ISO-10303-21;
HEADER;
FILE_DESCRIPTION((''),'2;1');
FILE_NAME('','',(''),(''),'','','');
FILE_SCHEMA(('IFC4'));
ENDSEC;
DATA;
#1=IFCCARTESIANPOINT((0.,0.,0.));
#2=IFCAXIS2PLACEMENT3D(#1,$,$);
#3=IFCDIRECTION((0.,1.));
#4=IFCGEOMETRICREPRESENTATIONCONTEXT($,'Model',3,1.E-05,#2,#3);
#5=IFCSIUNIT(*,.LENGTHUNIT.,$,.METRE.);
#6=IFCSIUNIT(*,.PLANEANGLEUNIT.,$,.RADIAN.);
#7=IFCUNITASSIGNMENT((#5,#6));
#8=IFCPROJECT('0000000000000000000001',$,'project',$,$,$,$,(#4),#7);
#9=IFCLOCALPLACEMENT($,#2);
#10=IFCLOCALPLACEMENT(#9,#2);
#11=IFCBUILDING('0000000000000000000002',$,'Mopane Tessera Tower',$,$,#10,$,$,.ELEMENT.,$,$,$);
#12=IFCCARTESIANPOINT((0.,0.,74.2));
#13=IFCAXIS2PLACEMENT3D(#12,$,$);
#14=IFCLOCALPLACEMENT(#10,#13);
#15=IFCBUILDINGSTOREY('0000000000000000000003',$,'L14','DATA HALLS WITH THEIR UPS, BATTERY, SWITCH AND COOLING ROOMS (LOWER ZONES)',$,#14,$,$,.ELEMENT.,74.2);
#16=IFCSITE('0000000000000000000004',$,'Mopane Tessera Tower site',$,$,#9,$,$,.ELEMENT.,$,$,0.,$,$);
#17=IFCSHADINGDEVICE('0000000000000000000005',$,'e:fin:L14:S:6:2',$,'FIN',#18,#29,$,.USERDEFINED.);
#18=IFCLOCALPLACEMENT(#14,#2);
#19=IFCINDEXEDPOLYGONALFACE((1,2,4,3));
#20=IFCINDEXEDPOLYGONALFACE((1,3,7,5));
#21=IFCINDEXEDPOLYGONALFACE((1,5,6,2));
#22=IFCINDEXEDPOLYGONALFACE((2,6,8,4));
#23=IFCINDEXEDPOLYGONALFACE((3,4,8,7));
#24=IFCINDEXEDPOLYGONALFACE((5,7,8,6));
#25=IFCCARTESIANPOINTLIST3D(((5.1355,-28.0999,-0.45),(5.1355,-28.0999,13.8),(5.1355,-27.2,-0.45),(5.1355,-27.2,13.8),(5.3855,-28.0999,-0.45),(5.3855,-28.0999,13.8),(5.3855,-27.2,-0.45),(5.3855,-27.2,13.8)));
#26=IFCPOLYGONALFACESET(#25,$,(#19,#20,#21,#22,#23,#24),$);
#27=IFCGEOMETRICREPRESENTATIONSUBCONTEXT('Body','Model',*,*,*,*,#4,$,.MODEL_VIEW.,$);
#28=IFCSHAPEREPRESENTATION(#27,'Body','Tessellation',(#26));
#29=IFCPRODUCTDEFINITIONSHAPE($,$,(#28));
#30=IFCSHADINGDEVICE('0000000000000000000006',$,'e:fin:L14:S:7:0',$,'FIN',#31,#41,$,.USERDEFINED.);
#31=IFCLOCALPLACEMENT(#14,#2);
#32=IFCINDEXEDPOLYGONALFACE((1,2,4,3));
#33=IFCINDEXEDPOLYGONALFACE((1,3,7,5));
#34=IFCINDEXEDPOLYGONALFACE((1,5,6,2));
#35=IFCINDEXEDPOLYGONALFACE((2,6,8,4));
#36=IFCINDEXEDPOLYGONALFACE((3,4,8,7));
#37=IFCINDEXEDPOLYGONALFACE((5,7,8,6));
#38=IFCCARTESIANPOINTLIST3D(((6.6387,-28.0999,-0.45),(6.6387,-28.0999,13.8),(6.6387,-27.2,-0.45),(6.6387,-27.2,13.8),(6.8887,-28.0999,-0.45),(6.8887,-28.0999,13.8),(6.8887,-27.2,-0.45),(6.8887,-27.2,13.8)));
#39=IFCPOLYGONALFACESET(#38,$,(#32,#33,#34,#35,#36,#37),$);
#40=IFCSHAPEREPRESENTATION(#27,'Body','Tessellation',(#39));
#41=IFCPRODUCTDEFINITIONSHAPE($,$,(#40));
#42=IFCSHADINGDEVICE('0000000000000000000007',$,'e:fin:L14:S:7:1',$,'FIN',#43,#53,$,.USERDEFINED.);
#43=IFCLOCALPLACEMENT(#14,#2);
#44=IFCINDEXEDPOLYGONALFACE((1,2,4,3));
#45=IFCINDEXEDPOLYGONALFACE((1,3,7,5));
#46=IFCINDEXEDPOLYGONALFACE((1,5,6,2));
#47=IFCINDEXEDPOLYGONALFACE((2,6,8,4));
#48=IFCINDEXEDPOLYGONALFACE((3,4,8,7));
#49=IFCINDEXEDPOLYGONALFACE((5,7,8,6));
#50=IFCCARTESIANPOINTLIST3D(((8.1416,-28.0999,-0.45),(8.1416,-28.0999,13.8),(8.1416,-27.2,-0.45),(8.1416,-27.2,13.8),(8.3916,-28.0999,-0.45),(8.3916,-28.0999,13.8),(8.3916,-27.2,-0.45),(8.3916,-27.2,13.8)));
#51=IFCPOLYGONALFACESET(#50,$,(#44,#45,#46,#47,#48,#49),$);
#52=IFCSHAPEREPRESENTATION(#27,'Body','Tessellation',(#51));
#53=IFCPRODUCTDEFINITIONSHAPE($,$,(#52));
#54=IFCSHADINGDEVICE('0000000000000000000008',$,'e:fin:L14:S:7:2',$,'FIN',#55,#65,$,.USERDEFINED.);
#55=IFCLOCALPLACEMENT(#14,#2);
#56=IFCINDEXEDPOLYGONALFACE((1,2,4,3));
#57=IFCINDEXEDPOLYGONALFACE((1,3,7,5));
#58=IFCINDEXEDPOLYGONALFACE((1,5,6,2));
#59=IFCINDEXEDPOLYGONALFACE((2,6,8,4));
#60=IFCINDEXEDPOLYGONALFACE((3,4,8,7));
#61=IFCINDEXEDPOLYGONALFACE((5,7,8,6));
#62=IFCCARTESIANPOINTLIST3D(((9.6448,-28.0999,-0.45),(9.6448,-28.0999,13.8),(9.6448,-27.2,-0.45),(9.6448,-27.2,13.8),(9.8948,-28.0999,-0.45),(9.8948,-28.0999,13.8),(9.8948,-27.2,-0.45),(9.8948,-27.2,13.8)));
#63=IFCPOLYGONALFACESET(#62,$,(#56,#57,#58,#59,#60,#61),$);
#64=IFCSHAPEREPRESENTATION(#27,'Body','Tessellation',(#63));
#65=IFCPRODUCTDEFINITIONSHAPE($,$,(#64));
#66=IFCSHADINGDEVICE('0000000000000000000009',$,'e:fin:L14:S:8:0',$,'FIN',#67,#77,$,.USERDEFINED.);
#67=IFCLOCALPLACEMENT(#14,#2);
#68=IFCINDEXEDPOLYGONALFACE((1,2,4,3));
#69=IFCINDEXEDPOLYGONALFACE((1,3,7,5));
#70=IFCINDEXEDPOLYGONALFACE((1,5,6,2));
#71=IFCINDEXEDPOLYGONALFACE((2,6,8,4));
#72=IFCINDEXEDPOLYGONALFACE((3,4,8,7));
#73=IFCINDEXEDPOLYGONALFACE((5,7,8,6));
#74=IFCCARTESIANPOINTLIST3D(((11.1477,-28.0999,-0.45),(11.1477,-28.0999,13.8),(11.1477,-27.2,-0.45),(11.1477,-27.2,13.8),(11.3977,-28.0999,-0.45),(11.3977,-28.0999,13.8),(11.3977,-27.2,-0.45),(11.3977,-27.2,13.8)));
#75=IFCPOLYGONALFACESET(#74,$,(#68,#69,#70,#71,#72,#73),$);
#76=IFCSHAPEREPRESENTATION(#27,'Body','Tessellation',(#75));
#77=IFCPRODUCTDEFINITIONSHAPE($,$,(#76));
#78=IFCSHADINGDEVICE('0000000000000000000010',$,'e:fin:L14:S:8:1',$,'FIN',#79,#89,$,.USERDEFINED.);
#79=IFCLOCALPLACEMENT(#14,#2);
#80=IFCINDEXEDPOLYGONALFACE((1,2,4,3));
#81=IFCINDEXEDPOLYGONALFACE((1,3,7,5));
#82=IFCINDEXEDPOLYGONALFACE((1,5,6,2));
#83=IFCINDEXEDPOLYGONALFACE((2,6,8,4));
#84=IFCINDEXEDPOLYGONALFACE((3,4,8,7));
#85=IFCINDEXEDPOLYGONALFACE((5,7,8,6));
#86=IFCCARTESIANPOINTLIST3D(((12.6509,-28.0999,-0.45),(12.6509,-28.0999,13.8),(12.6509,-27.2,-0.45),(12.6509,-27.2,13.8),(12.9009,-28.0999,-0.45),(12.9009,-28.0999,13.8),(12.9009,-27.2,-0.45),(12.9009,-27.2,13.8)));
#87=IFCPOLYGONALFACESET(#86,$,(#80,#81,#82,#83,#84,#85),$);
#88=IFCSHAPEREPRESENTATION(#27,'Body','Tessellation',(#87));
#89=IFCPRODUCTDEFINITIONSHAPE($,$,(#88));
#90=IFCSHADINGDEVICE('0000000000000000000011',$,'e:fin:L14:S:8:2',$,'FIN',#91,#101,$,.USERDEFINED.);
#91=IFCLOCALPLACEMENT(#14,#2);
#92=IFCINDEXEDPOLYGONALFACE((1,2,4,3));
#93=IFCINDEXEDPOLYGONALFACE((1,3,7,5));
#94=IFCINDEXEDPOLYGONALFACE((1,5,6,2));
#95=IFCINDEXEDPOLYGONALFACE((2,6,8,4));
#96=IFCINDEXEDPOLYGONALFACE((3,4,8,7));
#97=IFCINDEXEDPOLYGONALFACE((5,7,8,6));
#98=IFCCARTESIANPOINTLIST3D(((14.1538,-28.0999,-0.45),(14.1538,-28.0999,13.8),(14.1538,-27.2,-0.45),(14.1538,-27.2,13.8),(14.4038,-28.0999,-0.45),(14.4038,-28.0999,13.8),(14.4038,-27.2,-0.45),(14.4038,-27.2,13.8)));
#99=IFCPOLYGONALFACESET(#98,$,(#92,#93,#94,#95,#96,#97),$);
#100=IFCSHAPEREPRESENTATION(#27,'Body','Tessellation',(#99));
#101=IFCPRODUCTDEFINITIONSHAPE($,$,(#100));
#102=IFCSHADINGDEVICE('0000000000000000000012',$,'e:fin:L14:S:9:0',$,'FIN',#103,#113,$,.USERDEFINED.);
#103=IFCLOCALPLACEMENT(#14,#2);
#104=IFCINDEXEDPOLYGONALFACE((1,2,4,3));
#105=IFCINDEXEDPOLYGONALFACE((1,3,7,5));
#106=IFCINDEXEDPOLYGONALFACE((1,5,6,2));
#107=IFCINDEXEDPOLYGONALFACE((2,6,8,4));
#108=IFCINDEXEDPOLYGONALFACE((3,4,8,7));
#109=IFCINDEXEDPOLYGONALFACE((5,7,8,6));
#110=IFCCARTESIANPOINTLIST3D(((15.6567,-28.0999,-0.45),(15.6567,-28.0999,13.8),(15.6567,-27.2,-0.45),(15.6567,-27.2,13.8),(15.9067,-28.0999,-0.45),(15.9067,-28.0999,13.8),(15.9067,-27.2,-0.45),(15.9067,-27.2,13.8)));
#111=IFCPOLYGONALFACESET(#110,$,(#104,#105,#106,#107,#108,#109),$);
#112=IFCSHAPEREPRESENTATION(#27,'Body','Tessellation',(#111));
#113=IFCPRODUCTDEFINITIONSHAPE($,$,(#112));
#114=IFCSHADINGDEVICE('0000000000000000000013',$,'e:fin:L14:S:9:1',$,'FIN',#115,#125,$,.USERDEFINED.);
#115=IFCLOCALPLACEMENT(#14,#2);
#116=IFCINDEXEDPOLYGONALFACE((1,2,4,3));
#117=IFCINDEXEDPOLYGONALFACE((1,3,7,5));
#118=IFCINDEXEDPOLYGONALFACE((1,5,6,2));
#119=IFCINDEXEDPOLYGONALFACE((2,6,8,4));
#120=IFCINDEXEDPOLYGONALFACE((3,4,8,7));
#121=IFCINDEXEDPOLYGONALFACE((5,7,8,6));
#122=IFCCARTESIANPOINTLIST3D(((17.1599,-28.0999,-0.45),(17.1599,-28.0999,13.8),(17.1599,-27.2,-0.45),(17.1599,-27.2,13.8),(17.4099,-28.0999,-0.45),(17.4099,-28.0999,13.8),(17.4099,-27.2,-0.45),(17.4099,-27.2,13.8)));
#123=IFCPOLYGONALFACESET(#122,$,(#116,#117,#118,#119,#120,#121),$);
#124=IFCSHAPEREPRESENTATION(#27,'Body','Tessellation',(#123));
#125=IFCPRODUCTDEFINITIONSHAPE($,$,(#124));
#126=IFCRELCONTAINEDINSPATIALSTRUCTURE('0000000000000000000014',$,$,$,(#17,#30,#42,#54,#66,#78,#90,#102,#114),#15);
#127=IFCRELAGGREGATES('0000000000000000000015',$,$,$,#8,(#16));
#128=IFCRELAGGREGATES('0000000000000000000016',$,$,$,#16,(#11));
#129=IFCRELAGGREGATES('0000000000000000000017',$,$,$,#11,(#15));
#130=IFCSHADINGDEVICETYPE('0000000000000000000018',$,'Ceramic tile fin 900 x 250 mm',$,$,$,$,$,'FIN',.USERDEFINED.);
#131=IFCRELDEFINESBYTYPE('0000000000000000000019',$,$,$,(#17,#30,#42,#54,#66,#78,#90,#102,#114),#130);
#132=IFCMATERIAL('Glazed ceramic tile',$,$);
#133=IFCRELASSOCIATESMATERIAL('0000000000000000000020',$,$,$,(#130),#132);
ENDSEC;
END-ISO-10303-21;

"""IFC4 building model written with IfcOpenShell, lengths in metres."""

from ifc_helpers import new_model, si_unit, direction, frame, origin, origin_2d, place, context, subcontext, project, spatial, rectangle, extrude, material, type_object, element, save


model = new_model("IFC4")

# Units and contexts
model_context = context("Model", 3, precision=1e-05, world=origin(), true_north=direction((0.0, 1.0)))
body_context = subcontext(model_context, "Body", "Model", "MODEL_VIEW")
ifc_project = project(units=[si_unit("LENGTHUNIT", "METRE"), si_unit("PLANEANGLEUNIT", "RADIAN")], contexts=[model_context])

# Site, building, storey
site_placement = place(None, origin())
site = spatial("IfcSite", under=ifc_project, at=site_placement, Name="Mopane Tessera Tower site", CompositionType="ELEMENT", RefElevation=0.0)
building_placement = place(site_placement, origin())
building = spatial("IfcBuilding", under=site, at=building_placement, Name="Mopane Tessera Tower", CompositionType="ELEMENT")
storey_placement = place(building_placement, frame((0.0, 0.0, 74.2)))
storey = spatial("IfcBuildingStorey", under=building, at=storey_placement, Name="L14", Description="DATA HALLS WITH THEIR UPS, BATTERY, SWITCH AND COOLING ROOMS (LOWER ZONES)", CompositionType="ELEMENT", Elevation=74.2)

# Shading devices
ifc_material_1 = material(Name="Glazed ceramic tile")
shading_device_type = type_object("IfcShadingDeviceType", Name="Ceramic tile fin 900 x 250 mm", ElementType="FIN", PredefinedType="USERDEFINED", material=ifc_material_1)
for number, where, z_axis, x_axis, name in (
    (1, (5.2605, -27.6499, -0.45), (0.0, 0.0, 1.0), (1.0, 0.0, 0.0), "e:fin:L14:S:6:2"),
    (2, (6.7637, -27.6499, -0.45), (0.0, 0.0, 1.0), (1.0, 0.0, 0.0), "e:fin:L14:S:7:0"),
    (3, (8.2666, -27.6499, -0.45), (0.0, 0.0, 1.0), (1.0, 0.0, 0.0), "e:fin:L14:S:7:1"),
    (4, (9.7698, -27.6499, -0.45), (0.0, 0.0, 1.0), (1.0, 0.0, 0.0), "e:fin:L14:S:7:2"),
    (5, (11.2727, -27.6499, -0.45), (0.0, 0.0, 1.0), (1.0, 0.0, 0.0), "e:fin:L14:S:8:0"),
    (6, (12.7759, -27.6499, -0.45), (0.0, 0.0, 1.0), (1.0, 0.0, 0.0), "e:fin:L14:S:8:1"),
    (7, (14.2788, -27.6499, -0.45), (0.0, 0.0, 1.0), (1.0, 0.0, 0.0), "e:fin:L14:S:8:2"),
    (8, (15.7817, -27.6499, -0.45), (0.0, 0.0, 1.0), (1.0, 0.0, 0.0), "e:fin:L14:S:9:0"),
    (9, (17.2849, -27.6499, -0.45), (0.0, 0.0, 1.0), (1.0, 0.0, 0.0), "e:fin:L14:S:9:1"),
):
    element("IfcShadingDevice", number, at=place(storey_placement, frame(where, z_axis=z_axis, x_axis=x_axis)), inside=storey, type_object=shading_device_type, Name=name, ObjectType="FIN", PredefinedType="USERDEFINED", context=body_context, shape_type="SweptSolid", body=[
        extrude(rectangle(XDim=0.25, YDim=0.8999, at=origin_2d()), origin(), (0.0, 0.0, 1.0), 14.25),
    ])

save(model, "model.ifc")
